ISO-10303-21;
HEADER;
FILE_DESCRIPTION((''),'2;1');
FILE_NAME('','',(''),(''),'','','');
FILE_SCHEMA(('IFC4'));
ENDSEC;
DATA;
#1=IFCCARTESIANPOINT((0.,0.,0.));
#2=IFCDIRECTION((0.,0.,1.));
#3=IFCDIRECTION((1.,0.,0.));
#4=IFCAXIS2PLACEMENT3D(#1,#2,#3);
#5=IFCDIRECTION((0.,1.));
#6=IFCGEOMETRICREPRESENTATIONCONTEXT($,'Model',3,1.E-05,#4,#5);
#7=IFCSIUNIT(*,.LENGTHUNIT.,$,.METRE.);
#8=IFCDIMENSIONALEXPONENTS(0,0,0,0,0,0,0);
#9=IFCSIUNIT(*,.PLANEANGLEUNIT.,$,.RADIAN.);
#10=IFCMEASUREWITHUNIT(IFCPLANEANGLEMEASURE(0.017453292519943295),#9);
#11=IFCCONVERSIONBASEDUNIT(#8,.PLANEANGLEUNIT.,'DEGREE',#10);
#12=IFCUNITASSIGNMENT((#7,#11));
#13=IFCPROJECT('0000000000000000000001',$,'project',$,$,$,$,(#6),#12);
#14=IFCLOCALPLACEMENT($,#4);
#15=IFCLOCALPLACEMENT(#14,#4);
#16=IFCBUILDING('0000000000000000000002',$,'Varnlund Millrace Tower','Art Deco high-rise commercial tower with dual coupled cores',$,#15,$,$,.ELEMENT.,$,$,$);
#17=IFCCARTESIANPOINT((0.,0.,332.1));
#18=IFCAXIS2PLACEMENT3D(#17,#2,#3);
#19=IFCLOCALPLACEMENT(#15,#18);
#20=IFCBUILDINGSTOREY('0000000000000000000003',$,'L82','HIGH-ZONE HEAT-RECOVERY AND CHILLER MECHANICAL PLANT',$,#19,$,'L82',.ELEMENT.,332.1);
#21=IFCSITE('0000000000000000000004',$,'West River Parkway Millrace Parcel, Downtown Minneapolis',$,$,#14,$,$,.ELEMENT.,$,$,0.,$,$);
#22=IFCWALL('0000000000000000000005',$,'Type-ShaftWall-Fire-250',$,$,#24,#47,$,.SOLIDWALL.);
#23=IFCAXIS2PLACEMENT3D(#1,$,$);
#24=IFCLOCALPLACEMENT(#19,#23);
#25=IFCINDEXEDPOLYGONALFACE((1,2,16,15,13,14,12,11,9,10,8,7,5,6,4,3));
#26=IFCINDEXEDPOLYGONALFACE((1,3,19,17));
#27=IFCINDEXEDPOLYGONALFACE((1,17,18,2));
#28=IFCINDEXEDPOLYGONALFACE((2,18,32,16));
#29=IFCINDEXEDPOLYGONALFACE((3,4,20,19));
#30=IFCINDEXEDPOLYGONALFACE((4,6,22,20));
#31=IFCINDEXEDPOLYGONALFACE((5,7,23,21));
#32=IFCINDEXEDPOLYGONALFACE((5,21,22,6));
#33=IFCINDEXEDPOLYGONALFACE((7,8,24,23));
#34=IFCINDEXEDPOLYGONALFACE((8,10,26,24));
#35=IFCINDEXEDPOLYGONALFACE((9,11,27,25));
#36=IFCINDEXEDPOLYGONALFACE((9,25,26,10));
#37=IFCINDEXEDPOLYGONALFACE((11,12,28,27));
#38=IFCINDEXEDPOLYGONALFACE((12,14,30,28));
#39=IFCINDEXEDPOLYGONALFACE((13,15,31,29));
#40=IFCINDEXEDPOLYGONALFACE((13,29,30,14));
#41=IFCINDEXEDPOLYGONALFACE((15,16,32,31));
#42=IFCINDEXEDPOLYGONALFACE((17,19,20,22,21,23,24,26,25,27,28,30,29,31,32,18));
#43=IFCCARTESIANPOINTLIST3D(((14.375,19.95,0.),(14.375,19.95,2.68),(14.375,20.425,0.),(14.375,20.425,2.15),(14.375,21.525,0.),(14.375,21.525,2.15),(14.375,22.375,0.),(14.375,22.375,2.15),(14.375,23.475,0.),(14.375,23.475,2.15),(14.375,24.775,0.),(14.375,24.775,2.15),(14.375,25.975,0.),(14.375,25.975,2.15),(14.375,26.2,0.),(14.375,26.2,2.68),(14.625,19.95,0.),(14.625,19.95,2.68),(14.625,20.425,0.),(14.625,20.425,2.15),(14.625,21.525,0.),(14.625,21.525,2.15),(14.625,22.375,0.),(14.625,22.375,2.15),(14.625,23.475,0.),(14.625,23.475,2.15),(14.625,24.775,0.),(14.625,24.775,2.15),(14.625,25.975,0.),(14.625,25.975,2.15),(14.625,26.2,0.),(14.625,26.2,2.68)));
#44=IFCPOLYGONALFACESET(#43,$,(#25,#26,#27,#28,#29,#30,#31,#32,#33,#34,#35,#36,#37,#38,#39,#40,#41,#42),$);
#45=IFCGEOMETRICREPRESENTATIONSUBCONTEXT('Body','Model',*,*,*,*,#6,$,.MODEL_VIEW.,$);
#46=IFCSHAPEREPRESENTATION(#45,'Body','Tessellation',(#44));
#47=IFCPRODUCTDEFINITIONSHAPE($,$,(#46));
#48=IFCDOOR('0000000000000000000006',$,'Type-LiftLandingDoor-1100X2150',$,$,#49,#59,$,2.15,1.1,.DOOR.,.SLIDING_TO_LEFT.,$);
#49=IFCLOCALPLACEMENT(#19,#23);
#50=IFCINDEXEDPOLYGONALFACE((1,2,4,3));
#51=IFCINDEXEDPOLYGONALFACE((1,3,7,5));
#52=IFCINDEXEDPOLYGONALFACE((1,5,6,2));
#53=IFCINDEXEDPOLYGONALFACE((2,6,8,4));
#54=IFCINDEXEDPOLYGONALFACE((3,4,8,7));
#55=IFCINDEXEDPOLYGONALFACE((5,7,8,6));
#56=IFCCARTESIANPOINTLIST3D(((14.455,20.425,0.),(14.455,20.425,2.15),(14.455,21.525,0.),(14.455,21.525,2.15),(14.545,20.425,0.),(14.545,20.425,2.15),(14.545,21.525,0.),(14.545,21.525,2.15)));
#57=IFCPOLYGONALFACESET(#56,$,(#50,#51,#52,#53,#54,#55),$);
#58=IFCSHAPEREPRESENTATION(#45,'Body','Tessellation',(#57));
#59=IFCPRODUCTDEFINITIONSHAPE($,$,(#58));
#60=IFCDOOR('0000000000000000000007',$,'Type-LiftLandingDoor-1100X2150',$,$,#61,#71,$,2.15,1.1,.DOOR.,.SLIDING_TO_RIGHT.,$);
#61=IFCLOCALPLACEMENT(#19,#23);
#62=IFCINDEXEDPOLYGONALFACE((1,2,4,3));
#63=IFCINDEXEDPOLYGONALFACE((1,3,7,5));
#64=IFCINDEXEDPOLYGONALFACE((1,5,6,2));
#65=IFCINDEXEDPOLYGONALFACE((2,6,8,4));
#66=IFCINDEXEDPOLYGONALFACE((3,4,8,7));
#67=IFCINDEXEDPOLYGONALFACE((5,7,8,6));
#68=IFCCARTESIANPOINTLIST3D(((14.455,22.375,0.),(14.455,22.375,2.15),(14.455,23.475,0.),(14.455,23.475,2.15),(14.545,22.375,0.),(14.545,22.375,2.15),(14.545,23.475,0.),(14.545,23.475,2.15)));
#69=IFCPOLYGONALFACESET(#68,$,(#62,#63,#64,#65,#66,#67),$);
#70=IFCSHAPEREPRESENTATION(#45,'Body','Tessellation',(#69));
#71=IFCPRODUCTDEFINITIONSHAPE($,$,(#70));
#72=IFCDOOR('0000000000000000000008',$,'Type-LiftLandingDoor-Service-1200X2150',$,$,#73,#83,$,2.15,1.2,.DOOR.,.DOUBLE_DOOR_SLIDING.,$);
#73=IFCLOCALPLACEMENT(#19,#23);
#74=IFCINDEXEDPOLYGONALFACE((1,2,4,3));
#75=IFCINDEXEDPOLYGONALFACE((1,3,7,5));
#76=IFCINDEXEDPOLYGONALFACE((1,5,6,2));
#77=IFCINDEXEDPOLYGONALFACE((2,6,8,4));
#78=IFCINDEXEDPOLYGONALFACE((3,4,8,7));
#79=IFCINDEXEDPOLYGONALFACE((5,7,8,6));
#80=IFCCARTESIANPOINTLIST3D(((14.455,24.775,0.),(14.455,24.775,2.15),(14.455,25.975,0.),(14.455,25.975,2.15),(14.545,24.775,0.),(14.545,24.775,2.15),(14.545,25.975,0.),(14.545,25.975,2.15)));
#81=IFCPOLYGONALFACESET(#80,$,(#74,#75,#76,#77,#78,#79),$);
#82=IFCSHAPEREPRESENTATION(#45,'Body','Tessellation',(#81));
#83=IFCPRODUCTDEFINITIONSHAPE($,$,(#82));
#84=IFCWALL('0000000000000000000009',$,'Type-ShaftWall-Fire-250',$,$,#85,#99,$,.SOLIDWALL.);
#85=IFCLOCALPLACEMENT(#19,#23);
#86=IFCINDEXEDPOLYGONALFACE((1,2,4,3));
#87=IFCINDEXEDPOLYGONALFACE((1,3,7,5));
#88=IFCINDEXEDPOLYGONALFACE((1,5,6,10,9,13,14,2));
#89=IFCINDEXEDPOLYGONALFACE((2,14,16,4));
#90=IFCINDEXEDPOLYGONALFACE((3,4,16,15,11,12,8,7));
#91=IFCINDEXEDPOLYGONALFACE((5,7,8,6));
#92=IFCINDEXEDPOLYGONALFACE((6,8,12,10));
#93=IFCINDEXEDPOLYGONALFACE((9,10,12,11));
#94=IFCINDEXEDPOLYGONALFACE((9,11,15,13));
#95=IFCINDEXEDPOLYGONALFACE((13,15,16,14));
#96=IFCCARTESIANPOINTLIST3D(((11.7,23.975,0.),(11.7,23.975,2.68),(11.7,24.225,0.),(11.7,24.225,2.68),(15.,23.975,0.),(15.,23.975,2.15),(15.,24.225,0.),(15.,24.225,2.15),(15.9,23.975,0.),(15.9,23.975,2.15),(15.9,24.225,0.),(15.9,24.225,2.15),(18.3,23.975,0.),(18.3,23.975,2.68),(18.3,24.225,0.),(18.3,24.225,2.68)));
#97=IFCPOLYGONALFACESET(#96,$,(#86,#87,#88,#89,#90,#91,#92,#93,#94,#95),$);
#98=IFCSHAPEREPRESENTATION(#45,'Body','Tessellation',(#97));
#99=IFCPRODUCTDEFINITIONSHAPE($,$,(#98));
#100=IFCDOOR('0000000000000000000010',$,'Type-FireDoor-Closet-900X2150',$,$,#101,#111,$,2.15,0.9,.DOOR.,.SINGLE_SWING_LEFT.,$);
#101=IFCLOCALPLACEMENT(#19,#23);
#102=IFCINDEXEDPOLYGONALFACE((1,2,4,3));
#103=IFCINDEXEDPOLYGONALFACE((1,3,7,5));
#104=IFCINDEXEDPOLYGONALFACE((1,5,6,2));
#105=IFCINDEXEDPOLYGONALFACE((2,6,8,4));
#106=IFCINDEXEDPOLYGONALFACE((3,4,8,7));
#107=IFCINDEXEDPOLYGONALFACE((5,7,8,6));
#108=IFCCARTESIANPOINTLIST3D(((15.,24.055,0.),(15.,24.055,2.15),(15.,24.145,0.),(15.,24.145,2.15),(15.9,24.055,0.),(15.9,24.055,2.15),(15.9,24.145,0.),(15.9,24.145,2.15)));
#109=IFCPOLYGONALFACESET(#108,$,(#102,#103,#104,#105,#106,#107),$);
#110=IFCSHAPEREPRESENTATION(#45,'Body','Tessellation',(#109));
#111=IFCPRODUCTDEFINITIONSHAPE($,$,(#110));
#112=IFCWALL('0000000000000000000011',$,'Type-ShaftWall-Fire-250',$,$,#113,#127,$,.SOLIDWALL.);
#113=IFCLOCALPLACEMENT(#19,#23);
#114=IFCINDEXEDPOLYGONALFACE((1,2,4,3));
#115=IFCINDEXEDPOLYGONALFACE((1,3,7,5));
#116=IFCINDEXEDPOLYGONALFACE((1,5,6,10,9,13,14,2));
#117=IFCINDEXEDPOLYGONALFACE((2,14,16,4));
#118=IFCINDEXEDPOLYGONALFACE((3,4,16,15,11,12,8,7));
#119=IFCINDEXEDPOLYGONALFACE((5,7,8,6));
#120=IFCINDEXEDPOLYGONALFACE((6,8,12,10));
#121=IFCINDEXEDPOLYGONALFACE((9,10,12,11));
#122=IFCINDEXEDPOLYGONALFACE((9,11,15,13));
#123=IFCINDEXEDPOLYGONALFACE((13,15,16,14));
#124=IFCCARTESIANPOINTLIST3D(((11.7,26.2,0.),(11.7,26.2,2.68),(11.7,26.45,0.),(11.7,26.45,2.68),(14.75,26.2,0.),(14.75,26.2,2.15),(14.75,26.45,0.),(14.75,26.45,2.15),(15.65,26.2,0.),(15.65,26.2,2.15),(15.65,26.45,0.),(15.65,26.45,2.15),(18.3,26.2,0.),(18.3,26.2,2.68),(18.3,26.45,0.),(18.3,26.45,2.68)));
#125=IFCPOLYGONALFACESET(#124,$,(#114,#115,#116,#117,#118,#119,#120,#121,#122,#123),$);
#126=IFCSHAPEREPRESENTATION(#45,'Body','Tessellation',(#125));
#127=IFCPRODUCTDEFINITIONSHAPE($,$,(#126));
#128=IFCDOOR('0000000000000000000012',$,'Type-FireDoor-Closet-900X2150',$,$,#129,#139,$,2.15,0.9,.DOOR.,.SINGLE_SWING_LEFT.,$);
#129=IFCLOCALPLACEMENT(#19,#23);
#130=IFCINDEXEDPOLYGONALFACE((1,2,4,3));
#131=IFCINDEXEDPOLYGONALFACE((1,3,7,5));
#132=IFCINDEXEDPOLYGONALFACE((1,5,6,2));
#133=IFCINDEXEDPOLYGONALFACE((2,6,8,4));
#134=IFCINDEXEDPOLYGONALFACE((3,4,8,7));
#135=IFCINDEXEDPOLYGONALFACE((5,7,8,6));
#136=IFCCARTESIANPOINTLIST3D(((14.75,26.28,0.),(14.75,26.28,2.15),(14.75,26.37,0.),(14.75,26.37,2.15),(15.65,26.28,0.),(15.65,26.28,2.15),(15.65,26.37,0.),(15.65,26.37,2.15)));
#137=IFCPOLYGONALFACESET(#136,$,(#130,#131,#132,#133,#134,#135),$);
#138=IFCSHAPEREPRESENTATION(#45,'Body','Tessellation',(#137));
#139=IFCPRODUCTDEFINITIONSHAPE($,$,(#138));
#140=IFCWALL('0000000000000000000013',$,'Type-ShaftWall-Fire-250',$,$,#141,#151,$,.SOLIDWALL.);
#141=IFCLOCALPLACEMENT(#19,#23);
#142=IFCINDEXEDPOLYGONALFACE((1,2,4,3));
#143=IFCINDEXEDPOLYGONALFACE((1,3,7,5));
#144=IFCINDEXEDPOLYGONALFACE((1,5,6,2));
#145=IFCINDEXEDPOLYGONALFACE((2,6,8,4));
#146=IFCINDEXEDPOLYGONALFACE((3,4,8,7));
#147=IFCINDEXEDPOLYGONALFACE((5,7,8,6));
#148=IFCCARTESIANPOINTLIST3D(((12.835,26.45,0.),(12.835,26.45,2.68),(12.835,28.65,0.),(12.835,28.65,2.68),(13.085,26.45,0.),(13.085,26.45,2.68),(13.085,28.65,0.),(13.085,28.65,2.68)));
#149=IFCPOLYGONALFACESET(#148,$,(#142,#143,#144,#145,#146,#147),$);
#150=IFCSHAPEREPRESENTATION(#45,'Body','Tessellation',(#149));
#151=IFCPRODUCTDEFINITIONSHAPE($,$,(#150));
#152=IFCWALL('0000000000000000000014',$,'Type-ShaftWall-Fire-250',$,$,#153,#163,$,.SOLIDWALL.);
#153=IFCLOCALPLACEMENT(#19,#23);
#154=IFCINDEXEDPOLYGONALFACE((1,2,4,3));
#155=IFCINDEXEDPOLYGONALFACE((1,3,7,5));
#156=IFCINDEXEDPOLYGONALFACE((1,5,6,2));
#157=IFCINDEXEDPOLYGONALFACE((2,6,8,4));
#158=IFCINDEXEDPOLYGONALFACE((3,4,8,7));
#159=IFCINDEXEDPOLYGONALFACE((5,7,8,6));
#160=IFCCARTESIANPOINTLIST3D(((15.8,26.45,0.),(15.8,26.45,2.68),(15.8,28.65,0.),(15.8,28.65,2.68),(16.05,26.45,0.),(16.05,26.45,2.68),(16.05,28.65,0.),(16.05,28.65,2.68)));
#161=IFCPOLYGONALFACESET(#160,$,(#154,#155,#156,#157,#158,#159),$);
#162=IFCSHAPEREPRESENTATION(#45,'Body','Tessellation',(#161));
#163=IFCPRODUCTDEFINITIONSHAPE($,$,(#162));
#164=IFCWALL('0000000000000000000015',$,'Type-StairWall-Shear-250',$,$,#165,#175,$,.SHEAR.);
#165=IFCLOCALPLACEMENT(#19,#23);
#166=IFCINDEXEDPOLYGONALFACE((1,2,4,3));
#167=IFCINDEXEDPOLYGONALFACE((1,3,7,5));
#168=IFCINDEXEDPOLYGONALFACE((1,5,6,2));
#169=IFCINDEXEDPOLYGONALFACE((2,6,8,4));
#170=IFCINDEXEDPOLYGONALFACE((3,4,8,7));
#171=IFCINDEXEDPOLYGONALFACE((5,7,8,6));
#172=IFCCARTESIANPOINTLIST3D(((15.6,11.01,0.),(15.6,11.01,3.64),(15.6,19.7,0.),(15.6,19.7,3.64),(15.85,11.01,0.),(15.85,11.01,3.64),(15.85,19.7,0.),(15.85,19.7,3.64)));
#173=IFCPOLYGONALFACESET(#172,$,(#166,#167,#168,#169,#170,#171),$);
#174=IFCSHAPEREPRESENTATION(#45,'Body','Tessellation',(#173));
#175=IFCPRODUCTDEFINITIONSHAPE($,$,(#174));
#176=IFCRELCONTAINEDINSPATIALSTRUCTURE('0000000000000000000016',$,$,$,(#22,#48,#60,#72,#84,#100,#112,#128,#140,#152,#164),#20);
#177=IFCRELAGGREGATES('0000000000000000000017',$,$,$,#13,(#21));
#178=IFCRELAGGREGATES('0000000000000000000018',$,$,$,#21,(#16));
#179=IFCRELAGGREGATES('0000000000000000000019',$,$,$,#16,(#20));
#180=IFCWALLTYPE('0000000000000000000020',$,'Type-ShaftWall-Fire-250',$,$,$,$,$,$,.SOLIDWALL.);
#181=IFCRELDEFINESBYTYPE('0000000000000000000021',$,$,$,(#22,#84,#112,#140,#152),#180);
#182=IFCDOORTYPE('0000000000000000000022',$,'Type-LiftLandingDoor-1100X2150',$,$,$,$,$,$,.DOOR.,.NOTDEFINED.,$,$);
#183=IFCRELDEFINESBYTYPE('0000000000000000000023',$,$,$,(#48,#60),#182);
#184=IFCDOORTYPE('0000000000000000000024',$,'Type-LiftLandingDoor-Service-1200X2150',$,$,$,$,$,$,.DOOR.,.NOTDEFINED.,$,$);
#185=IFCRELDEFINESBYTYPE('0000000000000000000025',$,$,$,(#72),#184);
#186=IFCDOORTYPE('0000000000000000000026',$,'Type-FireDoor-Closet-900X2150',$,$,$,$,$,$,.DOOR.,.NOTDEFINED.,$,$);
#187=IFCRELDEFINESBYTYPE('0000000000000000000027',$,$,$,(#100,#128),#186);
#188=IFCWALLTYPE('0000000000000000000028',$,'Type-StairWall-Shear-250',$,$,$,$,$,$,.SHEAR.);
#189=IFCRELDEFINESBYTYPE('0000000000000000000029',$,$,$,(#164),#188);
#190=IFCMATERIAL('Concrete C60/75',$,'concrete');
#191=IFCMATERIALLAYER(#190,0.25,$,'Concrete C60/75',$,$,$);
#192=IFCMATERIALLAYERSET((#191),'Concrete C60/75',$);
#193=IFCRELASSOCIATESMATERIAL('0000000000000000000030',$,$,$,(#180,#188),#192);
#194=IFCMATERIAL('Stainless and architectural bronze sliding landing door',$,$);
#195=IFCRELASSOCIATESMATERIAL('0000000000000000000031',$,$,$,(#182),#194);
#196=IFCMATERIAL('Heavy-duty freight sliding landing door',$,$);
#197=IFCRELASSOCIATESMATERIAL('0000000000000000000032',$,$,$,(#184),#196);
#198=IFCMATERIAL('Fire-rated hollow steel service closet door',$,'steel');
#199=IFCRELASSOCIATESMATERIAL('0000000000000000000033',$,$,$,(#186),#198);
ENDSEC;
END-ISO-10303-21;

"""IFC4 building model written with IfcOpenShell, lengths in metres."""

from ifc_helpers import new_model, entity, si_unit, converted_unit, direction, frame, origin_with_axes, origin_2d_with_axis, place, context, subcontext, project, spatial, polyline, rectangle, outline, extrude, material, layer, layer_set, type_object, element, fill, save


model = new_model("IFC4")

# Units and contexts
model_context = context("Model", 3, precision=1e-05, world=origin_with_axes(), true_north=direction((0.0, 1.0)))
body_context = subcontext(model_context, "Body", "Model", "MODEL_VIEW")
ifc_project = project(units=[si_unit("LENGTHUNIT", "METRE"), converted_unit("PLANEANGLEUNIT", "DEGREE", entity("IfcPlaneAngleMeasure", 0.017453292519943295), si_unit("PLANEANGLEUNIT", "RADIAN"), dimensions=[0, 0, 0, 0, 0, 0, 0])], contexts=[model_context])

# Site, building, storey
site_placement = place(None, origin_with_axes())
site = spatial("IfcSite", under=ifc_project, at=site_placement, Name="West River Parkway Millrace Parcel, Downtown Minneapolis", CompositionType="ELEMENT", RefElevation=0.0)
building_placement = place(site_placement, origin_with_axes())
building = spatial("IfcBuilding", under=site, at=building_placement, Name="Varnlund Millrace Tower", Description="Art Deco high-rise commercial tower with dual coupled cores", CompositionType="ELEMENT")
storey_placement = place(building_placement, frame((0.0, 0.0, 332.1), z_axis=(0.0, 0.0, 1.0), x_axis=(1.0, 0.0, 0.0)))
storey = spatial("IfcBuildingStorey", under=building, at=storey_placement, Name="L82", Description="HIGH-ZONE HEAT-RECOVERY AND CHILLER MECHANICAL PLANT", LongName="L82", CompositionType="ELEMENT", Elevation=332.1)

# Wall, openings, doors
ifc_material_1 = material(Name="Concrete C60/75", Category="concrete")
ifc_layer = layer(ifc_material_1, 0.25, Name="Concrete C60/75")
ifc_layer_set = layer_set([ifc_layer], Name="Concrete C60/75")
wall_type_1 = type_object("IfcWallType", Name="Type-ShaftWall-Fire-250", PredefinedType="SOLIDWALL", material=ifc_layer_set)
wall_1_placement = place(storey_placement, frame((14.5, 19.95, 0.0), z_axis=(0.0, 0.0, 1.0), x_axis=(0.0, 1.0, 0.0)))
wall_1 = element("IfcWall", 1, at=wall_1_placement, inside=storey, type_object=wall_type_1, Name="Type-ShaftWall-Fire-250", PredefinedType="SOLIDWALL", context=body_context, shape_type="SweptSolid", body=[
    extrude(outline(polyline([(0.0, -0.125), (6.25, -0.125), (6.25, 0.125), (0.0, 0.125), (0.0, -0.125)])), origin_with_axes(), (0.0, 0.0, 1.0), 2.68),
])
opening_1_placement = place(wall_1_placement, frame((1.025, 0.0, 0.0), z_axis=(0.0, 0.0, 1.0), x_axis=(1.0, 0.0, 0.0)))
opening_1 = element("IfcOpeningElement", 2, at=opening_1_placement, cuts=wall_1, PredefinedType="OPENING", context=body_context, shape_type="SweptSolid", body=[
    extrude(rectangle(XDim=1.1, YDim=0.27, at=origin_2d_with_axis()), origin_with_axes(), (0.0, 0.0, 1.0), 2.15),
])
opening_2_placement = place(wall_1_placement, frame((2.975, 0.0, 0.0), z_axis=(0.0, 0.0, 1.0), x_axis=(1.0, 0.0, 0.0)))
opening_2 = element("IfcOpeningElement", 3, at=opening_2_placement, cuts=wall_1, PredefinedType="OPENING", context=body_context, shape_type="SweptSolid", body=[
    extrude(rectangle(XDim=1.1, YDim=0.27, at=origin_2d_with_axis()), origin_with_axes(), (0.0, 0.0, 1.0), 2.15),
])
opening_3_placement = place(wall_1_placement, frame((5.425, 0.0, 0.0), z_axis=(0.0, 0.0, 1.0), x_axis=(1.0, 0.0, 0.0)))
opening_3 = element("IfcOpeningElement", 4, at=opening_3_placement, cuts=wall_1, PredefinedType="OPENING", context=body_context, shape_type="SweptSolid", body=[
    extrude(rectangle(XDim=1.2, YDim=0.27, at=origin_2d_with_axis()), origin_with_axes(), (0.0, 0.0, 1.0), 2.15),
])
ifc_material_2 = material(Name="Stainless and architectural bronze sliding landing door")
door_type_1 = type_object("IfcDoorType", Name="Type-LiftLandingDoor-1100X2150", OperationType="NOTDEFINED", PredefinedType="DOOR", material=ifc_material_2)
door_1_placement = place(wall_1_placement, frame((1.025, 0.0, 0.0), z_axis=(0.0, 0.0, 1.0), x_axis=(1.0, 0.0, 0.0)))
door_1 = element("IfcDoor", 5, at=door_1_placement, inside=storey, type_object=door_type_1, Name="Type-LiftLandingDoor-1100X2150", OperationType="SLIDING_TO_LEFT", OverallHeight=2.15, OverallWidth=1.1, PredefinedType="DOOR", context=body_context, shape_type="SweptSolid", body=[
    extrude(rectangle(XDim=1.1, YDim=0.09, at=origin_2d_with_axis()), origin_with_axes(), (0.0, 0.0, 1.0), 2.15),
])
fill(opening_1, door_1)
door_2_placement = place(wall_1_placement, frame((2.975, 0.0, 0.0), z_axis=(0.0, 0.0, 1.0), x_axis=(1.0, 0.0, 0.0)))
door_2 = element("IfcDoor", 6, at=door_2_placement, inside=storey, type_object=door_type_1, Name="Type-LiftLandingDoor-1100X2150", OperationType="SLIDING_TO_RIGHT", OverallHeight=2.15, OverallWidth=1.1, PredefinedType="DOOR", context=body_context, shape_type="SweptSolid", body=[
    extrude(rectangle(XDim=1.1, YDim=0.09, at=origin_2d_with_axis()), origin_with_axes(), (0.0, 0.0, 1.0), 2.15),
])
fill(opening_2, door_2)
ifc_material_3 = material(Name="Heavy-duty freight sliding landing door")
door_type_2 = type_object("IfcDoorType", Name="Type-LiftLandingDoor-Service-1200X2150", OperationType="NOTDEFINED", PredefinedType="DOOR", material=ifc_material_3)
door_3_placement = place(wall_1_placement, frame((5.425, 0.0, 0.0), z_axis=(0.0, 0.0, 1.0), x_axis=(1.0, 0.0, 0.0)))
door_3 = element("IfcDoor", 7, at=door_3_placement, inside=storey, type_object=door_type_2, Name="Type-LiftLandingDoor-Service-1200X2150", OperationType="DOUBLE_DOOR_SLIDING", OverallHeight=2.15, OverallWidth=1.2, PredefinedType="DOOR", context=body_context, shape_type="SweptSolid", body=[
    extrude(rectangle(XDim=1.2, YDim=0.09, at=origin_2d_with_axis()), origin_with_axes(), (0.0, 0.0, 1.0), 2.15),
])
fill(opening_3, door_3)

# Walls, openings, doors
wall_2_placement = place(storey_placement, frame((11.7, 24.1, 0.0), z_axis=(0.0, 0.0, 1.0), x_axis=(1.0, 0.0, 0.0)))
wall_2 = element("IfcWall", 8, at=wall_2_placement, inside=storey, type_object=wall_type_1, Name="Type-ShaftWall-Fire-250", PredefinedType="SOLIDWALL", context=body_context, shape_type="SweptSolid", body=[
    extrude(outline(polyline([(0.0, -0.125), (6.6, -0.125), (6.6, 0.125), (0.0, 0.125), (0.0, -0.125)])), origin_with_axes(), (0.0, 0.0, 1.0), 2.68),
])
opening_4_placement = place(wall_2_placement, frame((3.75, 0.0, 0.0), z_axis=(0.0, 0.0, 1.0), x_axis=(1.0, 0.0, 0.0)))
opening_4 = element("IfcOpeningElement", 9, at=opening_4_placement, cuts=wall_2, PredefinedType="OPENING", context=body_context, shape_type="SweptSolid", body=[
    extrude(rectangle(XDim=0.9, YDim=0.27, at=origin_2d_with_axis()), origin_with_axes(), (0.0, 0.0, 1.0), 2.15),
])
ifc_material_4 = material(Name="Fire-rated hollow steel service closet door", Category="steel")
door_type_3 = type_object("IfcDoorType", Name="Type-FireDoor-Closet-900X2150", OperationType="NOTDEFINED", PredefinedType="DOOR", material=ifc_material_4)
door_4_placement = place(wall_2_placement, frame((3.75, 0.0, 0.0), z_axis=(0.0, 0.0, 1.0), x_axis=(1.0, 0.0, 0.0)))
door_4 = element("IfcDoor", 10, at=door_4_placement, inside=storey, type_object=door_type_3, Name="Type-FireDoor-Closet-900X2150", OperationType="SINGLE_SWING_LEFT", OverallHeight=2.15, OverallWidth=0.9, PredefinedType="DOOR", context=body_context, shape_type="SweptSolid", body=[
    extrude(rectangle(XDim=0.9, YDim=0.09, at=origin_2d_with_axis()), origin_with_axes(), (0.0, 0.0, 1.0), 2.15),
])
fill(opening_4, door_4)
wall_3_placement = place(storey_placement, frame((11.7, 26.325, 0.0), z_axis=(0.0, 0.0, 1.0), x_axis=(1.0, 0.0, 0.0)))
wall_3 = element("IfcWall", 11, at=wall_3_placement, inside=storey, type_object=wall_type_1, Name="Type-ShaftWall-Fire-250", PredefinedType="SOLIDWALL", context=body_context, shape_type="SweptSolid", body=[
    extrude(outline(polyline([(0.0, -0.125), (6.6, -0.125), (6.6, 0.125), (0.0, 0.125), (0.0, -0.125)])), origin_with_axes(), (0.0, 0.0, 1.0), 2.68),
])
opening_5_placement = place(wall_3_placement, frame((3.5, 0.0, 0.0), z_axis=(0.0, 0.0, 1.0), x_axis=(1.0, 0.0, 0.0)))
opening_5 = element("IfcOpeningElement", 12, at=opening_5_placement, cuts=wall_3, PredefinedType="OPENING", context=body_context, shape_type="SweptSolid", body=[
    extrude(rectangle(XDim=0.9, YDim=0.27, at=origin_2d_with_axis()), origin_with_axes(), (0.0, 0.0, 1.0), 2.15),
])
door_5_placement = place(wall_3_placement, frame((3.5, 0.0, 0.0), z_axis=(0.0, 0.0, 1.0), x_axis=(1.0, 0.0, 0.0)))
door_5 = element("IfcDoor", 13, at=door_5_placement, inside=storey, type_object=door_type_3, Name="Type-FireDoor-Closet-900X2150", OperationType="SINGLE_SWING_LEFT", OverallHeight=2.15, OverallWidth=0.9, PredefinedType="DOOR", context=body_context, shape_type="SweptSolid", body=[
    extrude(rectangle(XDim=0.9, YDim=0.09, at=origin_2d_with_axis()), origin_with_axes(), (0.0, 0.0, 1.0), 2.15),
])
fill(opening_5, door_5)

# Walls
for number, where, z_axis, x_axis, name in (
    (14, (12.96, 26.45, 0.0), (0.0, 0.0, 1.0), (0.0, 1.0, 0.0), "Type-ShaftWall-Fire-250"),
    (15, (15.925, 26.45, 0.0), (0.0, 0.0, 1.0), (0.0, 1.0, 0.0), "Type-ShaftWall-Fire-250"),
):
    element("IfcWall", number, at=place(storey_placement, frame(where, z_axis=z_axis, x_axis=x_axis)), inside=storey, type_object=wall_type_1, Name=name, PredefinedType="SOLIDWALL", context=body_context, shape_type="SweptSolid", body=[
        extrude(outline(polyline([(0.0, -0.125), (2.2, -0.125), (2.2, 0.125), (0.0, 0.125), (0.0, -0.125)])), origin_with_axes(), (0.0, 0.0, 1.0), 2.68),
    ])
wall_type_2 = type_object("IfcWallType", Name="Type-StairWall-Shear-250", PredefinedType="SHEAR", material=ifc_layer_set)
wall_4_placement = place(storey_placement, frame((15.725, 11.01, 0.0), z_axis=(0.0, 0.0, 1.0), x_axis=(0.0, 1.0, 0.0)))
element("IfcWall", 16, at=wall_4_placement, inside=storey, type_object=wall_type_2, Name="Type-StairWall-Shear-250", PredefinedType="SHEAR", context=body_context, shape_type="SweptSolid", body=[
    extrude(outline(polyline([(0.0, -0.125), (8.69, -0.125), (8.69, 0.125), (0.0, 0.125), (0.0, -0.125)])), origin_with_axes(), (0.0, 0.0, 1.0), 3.64),
])

save(model, "model.ifc")
